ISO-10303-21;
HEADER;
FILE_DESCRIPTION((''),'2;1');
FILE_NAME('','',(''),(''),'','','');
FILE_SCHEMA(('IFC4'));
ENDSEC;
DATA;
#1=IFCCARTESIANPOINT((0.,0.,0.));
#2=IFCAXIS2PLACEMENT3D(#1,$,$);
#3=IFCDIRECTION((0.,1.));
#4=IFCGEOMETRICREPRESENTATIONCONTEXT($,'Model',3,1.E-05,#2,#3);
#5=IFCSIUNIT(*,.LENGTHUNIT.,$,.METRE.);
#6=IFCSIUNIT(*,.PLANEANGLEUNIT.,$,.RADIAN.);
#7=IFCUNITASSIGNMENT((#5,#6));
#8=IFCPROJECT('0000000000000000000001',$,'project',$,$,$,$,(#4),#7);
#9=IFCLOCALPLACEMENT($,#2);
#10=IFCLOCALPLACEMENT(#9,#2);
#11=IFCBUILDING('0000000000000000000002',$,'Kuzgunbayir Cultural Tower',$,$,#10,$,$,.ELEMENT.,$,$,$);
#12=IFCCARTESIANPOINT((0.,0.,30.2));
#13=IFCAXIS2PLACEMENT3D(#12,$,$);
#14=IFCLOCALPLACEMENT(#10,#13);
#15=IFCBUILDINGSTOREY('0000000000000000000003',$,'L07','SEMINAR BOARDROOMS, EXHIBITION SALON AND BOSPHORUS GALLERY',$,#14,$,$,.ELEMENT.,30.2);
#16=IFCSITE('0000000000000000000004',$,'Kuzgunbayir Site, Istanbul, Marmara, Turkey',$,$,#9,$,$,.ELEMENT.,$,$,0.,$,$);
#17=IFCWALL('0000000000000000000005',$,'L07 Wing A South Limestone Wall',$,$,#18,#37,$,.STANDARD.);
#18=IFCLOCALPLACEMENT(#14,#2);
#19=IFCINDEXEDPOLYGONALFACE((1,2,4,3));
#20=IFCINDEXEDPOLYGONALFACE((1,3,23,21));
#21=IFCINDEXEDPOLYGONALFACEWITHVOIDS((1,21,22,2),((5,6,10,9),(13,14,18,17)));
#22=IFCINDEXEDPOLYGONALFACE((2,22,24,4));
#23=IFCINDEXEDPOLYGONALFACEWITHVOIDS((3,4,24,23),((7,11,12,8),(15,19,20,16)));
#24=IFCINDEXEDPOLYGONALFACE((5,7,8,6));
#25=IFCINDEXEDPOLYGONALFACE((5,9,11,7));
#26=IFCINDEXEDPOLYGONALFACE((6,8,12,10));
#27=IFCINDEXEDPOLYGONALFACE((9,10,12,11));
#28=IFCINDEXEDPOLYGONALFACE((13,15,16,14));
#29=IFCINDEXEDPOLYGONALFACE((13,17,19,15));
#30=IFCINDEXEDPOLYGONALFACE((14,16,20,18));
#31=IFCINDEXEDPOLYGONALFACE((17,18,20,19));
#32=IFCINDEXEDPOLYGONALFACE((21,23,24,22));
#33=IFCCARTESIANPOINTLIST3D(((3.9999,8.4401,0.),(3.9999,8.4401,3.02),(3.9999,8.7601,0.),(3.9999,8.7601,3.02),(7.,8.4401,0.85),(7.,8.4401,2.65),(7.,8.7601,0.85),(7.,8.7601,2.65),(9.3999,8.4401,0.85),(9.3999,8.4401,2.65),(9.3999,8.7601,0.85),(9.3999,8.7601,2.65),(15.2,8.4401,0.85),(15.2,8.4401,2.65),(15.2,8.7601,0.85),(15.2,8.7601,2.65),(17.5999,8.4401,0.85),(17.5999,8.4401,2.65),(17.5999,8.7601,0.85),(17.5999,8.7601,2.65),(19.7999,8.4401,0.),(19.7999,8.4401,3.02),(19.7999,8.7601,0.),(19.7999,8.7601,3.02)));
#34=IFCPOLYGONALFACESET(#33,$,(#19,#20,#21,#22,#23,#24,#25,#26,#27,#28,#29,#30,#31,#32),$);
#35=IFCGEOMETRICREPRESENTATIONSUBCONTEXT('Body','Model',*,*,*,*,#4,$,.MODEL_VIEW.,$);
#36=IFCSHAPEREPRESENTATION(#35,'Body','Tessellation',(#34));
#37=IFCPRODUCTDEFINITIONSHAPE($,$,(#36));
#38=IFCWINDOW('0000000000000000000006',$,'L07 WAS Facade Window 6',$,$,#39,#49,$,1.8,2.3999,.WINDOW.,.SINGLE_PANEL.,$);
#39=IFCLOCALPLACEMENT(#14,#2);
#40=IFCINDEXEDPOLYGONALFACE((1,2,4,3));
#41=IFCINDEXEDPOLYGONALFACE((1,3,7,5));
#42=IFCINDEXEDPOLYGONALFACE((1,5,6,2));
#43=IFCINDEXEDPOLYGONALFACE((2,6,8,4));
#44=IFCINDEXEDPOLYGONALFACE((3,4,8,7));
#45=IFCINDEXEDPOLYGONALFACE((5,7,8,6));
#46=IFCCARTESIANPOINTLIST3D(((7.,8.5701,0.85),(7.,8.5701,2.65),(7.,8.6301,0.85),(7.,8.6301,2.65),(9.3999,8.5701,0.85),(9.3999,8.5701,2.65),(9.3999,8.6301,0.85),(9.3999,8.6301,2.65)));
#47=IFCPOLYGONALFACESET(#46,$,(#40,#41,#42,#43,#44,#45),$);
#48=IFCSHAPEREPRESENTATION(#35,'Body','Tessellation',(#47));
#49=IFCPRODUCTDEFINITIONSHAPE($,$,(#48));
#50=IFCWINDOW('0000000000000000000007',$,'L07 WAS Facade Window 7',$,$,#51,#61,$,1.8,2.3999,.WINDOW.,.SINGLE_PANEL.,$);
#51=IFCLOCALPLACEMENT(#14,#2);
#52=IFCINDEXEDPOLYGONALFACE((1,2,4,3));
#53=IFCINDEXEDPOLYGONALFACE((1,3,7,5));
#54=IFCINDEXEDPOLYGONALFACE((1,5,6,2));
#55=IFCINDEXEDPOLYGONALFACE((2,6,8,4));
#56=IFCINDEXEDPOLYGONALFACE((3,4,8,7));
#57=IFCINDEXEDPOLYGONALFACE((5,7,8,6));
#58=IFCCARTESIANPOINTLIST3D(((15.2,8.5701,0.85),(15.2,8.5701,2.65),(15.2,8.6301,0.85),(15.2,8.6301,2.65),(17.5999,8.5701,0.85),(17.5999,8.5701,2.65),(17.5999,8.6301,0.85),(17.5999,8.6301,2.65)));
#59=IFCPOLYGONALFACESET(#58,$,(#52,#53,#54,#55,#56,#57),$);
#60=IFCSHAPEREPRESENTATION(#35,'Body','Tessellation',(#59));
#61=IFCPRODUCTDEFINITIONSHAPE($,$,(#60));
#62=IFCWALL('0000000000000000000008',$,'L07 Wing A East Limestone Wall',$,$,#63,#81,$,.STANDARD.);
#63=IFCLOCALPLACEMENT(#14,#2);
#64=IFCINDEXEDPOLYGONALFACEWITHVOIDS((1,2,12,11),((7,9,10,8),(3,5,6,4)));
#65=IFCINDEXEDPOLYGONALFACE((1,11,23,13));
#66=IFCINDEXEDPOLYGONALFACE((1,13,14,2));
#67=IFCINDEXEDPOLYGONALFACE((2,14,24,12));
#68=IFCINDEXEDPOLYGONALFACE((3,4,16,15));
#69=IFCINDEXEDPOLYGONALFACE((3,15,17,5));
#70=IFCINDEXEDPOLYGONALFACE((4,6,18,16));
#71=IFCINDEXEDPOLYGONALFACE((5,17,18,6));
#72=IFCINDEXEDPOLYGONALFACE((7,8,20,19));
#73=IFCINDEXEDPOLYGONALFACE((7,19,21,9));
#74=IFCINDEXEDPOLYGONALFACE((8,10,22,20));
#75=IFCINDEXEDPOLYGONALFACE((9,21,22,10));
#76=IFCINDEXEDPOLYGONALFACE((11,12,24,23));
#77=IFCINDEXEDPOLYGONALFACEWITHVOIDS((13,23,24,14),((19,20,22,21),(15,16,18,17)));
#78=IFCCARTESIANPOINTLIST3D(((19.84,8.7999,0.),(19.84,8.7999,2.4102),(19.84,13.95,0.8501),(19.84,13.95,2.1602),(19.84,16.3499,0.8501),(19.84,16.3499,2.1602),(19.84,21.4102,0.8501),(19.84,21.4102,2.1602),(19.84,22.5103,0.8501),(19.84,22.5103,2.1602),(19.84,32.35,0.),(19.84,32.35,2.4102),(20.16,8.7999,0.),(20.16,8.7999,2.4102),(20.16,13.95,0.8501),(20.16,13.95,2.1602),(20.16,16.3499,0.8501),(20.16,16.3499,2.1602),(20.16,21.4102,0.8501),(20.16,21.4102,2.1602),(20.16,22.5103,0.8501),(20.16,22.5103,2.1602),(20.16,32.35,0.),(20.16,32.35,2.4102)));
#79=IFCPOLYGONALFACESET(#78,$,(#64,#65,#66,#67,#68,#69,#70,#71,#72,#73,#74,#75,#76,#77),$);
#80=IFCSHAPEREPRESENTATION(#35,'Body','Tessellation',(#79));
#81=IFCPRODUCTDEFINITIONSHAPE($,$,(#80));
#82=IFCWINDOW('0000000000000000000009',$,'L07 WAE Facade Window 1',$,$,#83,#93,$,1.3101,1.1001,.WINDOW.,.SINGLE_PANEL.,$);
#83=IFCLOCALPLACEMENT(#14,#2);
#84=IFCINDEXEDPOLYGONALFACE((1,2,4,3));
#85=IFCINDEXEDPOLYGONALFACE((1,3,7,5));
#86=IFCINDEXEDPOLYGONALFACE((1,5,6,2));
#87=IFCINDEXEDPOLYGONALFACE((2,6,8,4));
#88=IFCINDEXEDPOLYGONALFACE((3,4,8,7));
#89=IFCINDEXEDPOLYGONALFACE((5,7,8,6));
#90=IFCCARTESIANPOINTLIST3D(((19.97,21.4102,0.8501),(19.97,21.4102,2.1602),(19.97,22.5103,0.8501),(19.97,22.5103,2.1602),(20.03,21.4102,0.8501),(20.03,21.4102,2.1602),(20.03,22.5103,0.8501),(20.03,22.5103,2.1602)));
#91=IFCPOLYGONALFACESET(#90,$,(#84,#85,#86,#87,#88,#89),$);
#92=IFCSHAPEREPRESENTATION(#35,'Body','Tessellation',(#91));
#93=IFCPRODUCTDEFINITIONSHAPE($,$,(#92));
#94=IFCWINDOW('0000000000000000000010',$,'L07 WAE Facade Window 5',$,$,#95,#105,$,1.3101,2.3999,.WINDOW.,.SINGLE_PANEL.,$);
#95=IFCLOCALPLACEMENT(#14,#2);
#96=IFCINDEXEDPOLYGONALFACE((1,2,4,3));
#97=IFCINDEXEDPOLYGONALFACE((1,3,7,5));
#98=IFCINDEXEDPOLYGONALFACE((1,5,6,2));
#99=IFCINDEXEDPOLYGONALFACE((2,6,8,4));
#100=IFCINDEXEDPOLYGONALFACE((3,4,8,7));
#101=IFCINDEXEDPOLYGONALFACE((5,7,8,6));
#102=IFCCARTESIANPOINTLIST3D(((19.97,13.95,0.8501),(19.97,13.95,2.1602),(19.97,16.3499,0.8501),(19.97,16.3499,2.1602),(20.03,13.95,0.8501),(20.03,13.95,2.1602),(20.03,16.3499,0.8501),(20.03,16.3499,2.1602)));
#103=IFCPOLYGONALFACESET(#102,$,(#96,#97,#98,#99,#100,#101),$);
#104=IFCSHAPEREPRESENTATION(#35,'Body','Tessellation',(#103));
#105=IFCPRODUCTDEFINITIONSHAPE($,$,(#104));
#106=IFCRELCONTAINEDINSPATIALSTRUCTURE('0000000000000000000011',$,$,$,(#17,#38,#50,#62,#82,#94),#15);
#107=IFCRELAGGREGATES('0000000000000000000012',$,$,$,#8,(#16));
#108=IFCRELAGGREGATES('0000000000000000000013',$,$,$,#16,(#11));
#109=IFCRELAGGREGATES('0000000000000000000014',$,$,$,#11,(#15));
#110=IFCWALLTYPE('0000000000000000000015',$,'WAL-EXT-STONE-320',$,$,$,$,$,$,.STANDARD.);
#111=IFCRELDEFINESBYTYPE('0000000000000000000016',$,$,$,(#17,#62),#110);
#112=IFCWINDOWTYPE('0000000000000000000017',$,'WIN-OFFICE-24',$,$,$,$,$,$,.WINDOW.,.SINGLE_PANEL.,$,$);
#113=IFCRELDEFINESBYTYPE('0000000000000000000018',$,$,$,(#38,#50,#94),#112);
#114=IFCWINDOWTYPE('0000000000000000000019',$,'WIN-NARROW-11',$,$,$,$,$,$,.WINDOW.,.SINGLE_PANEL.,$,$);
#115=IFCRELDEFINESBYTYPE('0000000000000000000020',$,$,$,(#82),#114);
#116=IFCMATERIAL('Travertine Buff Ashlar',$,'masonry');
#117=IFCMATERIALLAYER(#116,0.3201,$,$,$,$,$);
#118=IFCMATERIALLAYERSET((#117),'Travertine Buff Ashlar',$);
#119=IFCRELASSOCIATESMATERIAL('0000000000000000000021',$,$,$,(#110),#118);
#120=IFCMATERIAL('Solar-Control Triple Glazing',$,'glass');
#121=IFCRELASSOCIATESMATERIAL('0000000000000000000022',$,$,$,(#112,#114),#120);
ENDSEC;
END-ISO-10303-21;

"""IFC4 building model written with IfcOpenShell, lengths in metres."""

from ifc_helpers import new_model, si_unit, direction, frame, frame_2d, origin, place, context, subcontext, project, spatial, rectangle, extrude, material, layer, layer_set, type_object, element, fill, save


model = new_model("IFC4")

# Units and contexts
model_context = context("Model", 3, precision=1e-05, world=origin(), true_north=direction((0.0, 1.0)))
body_context = subcontext(model_context, "Body", "Model", "MODEL_VIEW")
ifc_project = project(units=[si_unit("LENGTHUNIT", "METRE"), si_unit("PLANEANGLEUNIT", "RADIAN")], contexts=[model_context])

# Site, building, storey
site_placement = place(None, origin())
site = spatial("IfcSite", under=ifc_project, at=site_placement, Name="Kuzgunbayir Site, Istanbul, Marmara, Turkey", CompositionType="ELEMENT", RefElevation=0.0)
building_placement = place(site_placement, origin())
building = spatial("IfcBuilding", under=site, at=building_placement, Name="Kuzgunbayir Cultural Tower", CompositionType="ELEMENT")
storey_placement = place(building_placement, frame((0.0, 0.0, 30.2)))
storey = spatial("IfcBuildingStorey", under=building, at=storey_placement, Name="L07", Description="SEMINAR BOARDROOMS, EXHIBITION SALON AND BOSPHORUS GALLERY", CompositionType="ELEMENT", Elevation=30.2)

# Walls, openings, windows
ifc_material_1 = material(Name="Travertine Buff Ashlar", Category="masonry")
ifc_layer_1 = layer(ifc_material_1, 0.3201)
ifc_layer_set_1 = layer_set([ifc_layer_1], Name="Travertine Buff Ashlar")
wall_type = type_object("IfcWallType", Name="WAL-EXT-STONE-320", PredefinedType="STANDARD", material=ifc_layer_set_1)
wall_1_placement = place(storey_placement, frame((4.0, 8.6001, 0.0), z_axis=(0.0, 0.0, 1.0), x_axis=(1.0, 0.0, 0.0)))
wall_1 = element("IfcWall", 1, at=wall_1_placement, inside=storey, type_object=wall_type, Name="L07 Wing A South Limestone Wall", PredefinedType="STANDARD", context=body_context, shape_type="SweptSolid", body=[
    extrude(rectangle(XDim=15.8, YDim=0.3201, at=frame_2d((7.8999, 0.0))), origin(), (0.0, 0.0, 1.0), 3.02),
])
opening_1_placement = place(wall_1_placement, frame((3.0, 0.0, 0.8501)))
opening_1 = element("IfcOpeningElement", 2, at=opening_1_placement, cuts=wall_1, PredefinedType="OPENING", context=body_context, shape_type="SweptSolid", body=[
    extrude(rectangle(XDim=2.3999, YDim=1.8, at=frame_2d((1.2, 0.8999))), frame((0.0, 0.1699, 0.0), z_axis=(0.0, -1.0, 0.0), x_axis=(1.0, 0.0, 0.0)), (0.0, 0.0, 1.0), 0.3401),
])
opening_2_placement = place(wall_1_placement, frame((11.2, 0.0, 0.8501)))
opening_2 = element("IfcOpeningElement", 3, at=opening_2_placement, cuts=wall_1, PredefinedType="OPENING", context=body_context, shape_type="SweptSolid", body=[
    extrude(rectangle(XDim=2.3999, YDim=1.8, at=frame_2d((1.2, 0.8999))), frame((0.0, 0.1699, 0.0), z_axis=(0.0, -1.0, 0.0), x_axis=(1.0, 0.0, 0.0)), (0.0, 0.0, 1.0), 0.3401),
])
ifc_material_2 = material(Name="Solar-Control Triple Glazing", Category="glass")
window_type_1 = type_object("IfcWindowType", Name="WIN-OFFICE-24", PartitioningType="SINGLE_PANEL", PredefinedType="WINDOW", material=ifc_material_2)
window_1_placement = place(opening_1_placement, origin())
window_1 = element("IfcWindow", 4, at=window_1_placement, inside=storey, type_object=window_type_1, Name="L07 WAS Facade Window 6", OverallHeight=1.8, OverallWidth=2.3999, PartitioningType="SINGLE_PANEL", PredefinedType="WINDOW", context=body_context, shape_type="SweptSolid", body=[
    extrude(rectangle(XDim=2.3999, YDim=1.8, at=frame_2d((1.2, 0.8999))), frame((0.0, 0.03, 0.0), z_axis=(0.0, -1.0, 0.0), x_axis=(1.0, 0.0, 0.0)), (0.0, 0.0, 1.0), 0.0601),
])
fill(opening_1, window_1)
window_2_placement = place(opening_2_placement, origin())
window_2 = element("IfcWindow", 5, at=window_2_placement, inside=storey, type_object=window_type_1, Name="L07 WAS Facade Window 7", OverallHeight=1.8, OverallWidth=2.3999, PartitioningType="SINGLE_PANEL", PredefinedType="WINDOW", context=body_context, shape_type="SweptSolid", body=[
    extrude(rectangle(XDim=2.3999, YDim=1.8, at=frame_2d((1.2, 0.8999))), frame((0.0, 0.03, 0.0), z_axis=(0.0, -1.0, 0.0), x_axis=(1.0, 0.0, 0.0)), (0.0, 0.0, 1.0), 0.0601),
])
fill(opening_2, window_2)
wall_2_placement = place(storey_placement, frame((20.0, 8.8, 0.0), z_axis=(0.0, 0.0, 1.0), x_axis=(0.0, 1.0, 0.0)))
wall_2 = element("IfcWall", 6, at=wall_2_placement, inside=storey, type_object=wall_type, Name="L07 Wing A East Limestone Wall", PredefinedType="STANDARD", context=body_context, shape_type="SweptSolid", body=[
    extrude(rectangle(XDim=23.55, YDim=0.3201, at=frame_2d((11.7749, 0.0))), origin(), (0.0, 0.0, 1.0), 2.4102),
])
opening_3_placement = place(wall_2_placement, frame((12.6101, 0.0, 0.8501)))
opening_3 = element("IfcOpeningElement", 7, at=opening_3_placement, cuts=wall_2, PredefinedType="OPENING", context=body_context, shape_type="SweptSolid", body=[
    extrude(rectangle(XDim=1.1001, YDim=1.3101, at=frame_2d((0.55, 0.655))), frame((0.0, 0.1699, 0.0), z_axis=(0.0, -1.0, 0.0), x_axis=(1.0, 0.0, 0.0)), (0.0, 0.0, 1.0), 0.3401),
])
opening_4_placement = place(wall_2_placement, frame((5.1499, 0.0, 0.8501)))
opening_4 = element("IfcOpeningElement", 8, at=opening_4_placement, cuts=wall_2, PredefinedType="OPENING", context=body_context, shape_type="SweptSolid", body=[
    extrude(rectangle(XDim=2.3999, YDim=1.3101, at=frame_2d((1.2, 0.655))), frame((0.0, 0.1699, 0.0), z_axis=(0.0, -1.0, 0.0), x_axis=(1.0, 0.0, 0.0)), (0.0, 0.0, 1.0), 0.3401),
])
window_type_2 = type_object("IfcWindowType", Name="WIN-NARROW-11", PartitioningType="SINGLE_PANEL", PredefinedType="WINDOW", material=ifc_material_2)
window_3_placement = place(opening_3_placement, origin())
window_3 = element("IfcWindow", 9, at=window_3_placement, inside=storey, type_object=window_type_2, Name="L07 WAE Facade Window 1", OverallHeight=1.3101, OverallWidth=1.1001, PartitioningType="SINGLE_PANEL", PredefinedType="WINDOW", context=body_context, shape_type="SweptSolid", body=[
    extrude(rectangle(XDim=1.1001, YDim=1.3101, at=frame_2d((0.55, 0.655))), frame((0.0, 0.03, 0.0), z_axis=(0.0, -1.0, 0.0), x_axis=(1.0, 0.0, 0.0)), (0.0, 0.0, 1.0), 0.0601),
])
fill(opening_3, window_3)
window_4_placement = place(opening_4_placement, origin())
window_4 = element("IfcWindow", 10, at=window_4_placement, inside=storey, type_object=window_type_1, Name="L07 WAE Facade Window 5", OverallHeight=1.3101, OverallWidth=2.3999, PartitioningType="SINGLE_PANEL", PredefinedType="WINDOW", context=body_context, shape_type="SweptSolid", body=[
    extrude(rectangle(XDim=2.3999, YDim=1.3101, at=frame_2d((1.2, 0.655))), frame((0.0, 0.03, 0.0), z_axis=(0.0, -1.0, 0.0), x_axis=(1.0, 0.0, 0.0)), (0.0, 0.0, 1.0), 0.0601),
])
fill(opening_4, window_4)

save(model, "model.ifc")
